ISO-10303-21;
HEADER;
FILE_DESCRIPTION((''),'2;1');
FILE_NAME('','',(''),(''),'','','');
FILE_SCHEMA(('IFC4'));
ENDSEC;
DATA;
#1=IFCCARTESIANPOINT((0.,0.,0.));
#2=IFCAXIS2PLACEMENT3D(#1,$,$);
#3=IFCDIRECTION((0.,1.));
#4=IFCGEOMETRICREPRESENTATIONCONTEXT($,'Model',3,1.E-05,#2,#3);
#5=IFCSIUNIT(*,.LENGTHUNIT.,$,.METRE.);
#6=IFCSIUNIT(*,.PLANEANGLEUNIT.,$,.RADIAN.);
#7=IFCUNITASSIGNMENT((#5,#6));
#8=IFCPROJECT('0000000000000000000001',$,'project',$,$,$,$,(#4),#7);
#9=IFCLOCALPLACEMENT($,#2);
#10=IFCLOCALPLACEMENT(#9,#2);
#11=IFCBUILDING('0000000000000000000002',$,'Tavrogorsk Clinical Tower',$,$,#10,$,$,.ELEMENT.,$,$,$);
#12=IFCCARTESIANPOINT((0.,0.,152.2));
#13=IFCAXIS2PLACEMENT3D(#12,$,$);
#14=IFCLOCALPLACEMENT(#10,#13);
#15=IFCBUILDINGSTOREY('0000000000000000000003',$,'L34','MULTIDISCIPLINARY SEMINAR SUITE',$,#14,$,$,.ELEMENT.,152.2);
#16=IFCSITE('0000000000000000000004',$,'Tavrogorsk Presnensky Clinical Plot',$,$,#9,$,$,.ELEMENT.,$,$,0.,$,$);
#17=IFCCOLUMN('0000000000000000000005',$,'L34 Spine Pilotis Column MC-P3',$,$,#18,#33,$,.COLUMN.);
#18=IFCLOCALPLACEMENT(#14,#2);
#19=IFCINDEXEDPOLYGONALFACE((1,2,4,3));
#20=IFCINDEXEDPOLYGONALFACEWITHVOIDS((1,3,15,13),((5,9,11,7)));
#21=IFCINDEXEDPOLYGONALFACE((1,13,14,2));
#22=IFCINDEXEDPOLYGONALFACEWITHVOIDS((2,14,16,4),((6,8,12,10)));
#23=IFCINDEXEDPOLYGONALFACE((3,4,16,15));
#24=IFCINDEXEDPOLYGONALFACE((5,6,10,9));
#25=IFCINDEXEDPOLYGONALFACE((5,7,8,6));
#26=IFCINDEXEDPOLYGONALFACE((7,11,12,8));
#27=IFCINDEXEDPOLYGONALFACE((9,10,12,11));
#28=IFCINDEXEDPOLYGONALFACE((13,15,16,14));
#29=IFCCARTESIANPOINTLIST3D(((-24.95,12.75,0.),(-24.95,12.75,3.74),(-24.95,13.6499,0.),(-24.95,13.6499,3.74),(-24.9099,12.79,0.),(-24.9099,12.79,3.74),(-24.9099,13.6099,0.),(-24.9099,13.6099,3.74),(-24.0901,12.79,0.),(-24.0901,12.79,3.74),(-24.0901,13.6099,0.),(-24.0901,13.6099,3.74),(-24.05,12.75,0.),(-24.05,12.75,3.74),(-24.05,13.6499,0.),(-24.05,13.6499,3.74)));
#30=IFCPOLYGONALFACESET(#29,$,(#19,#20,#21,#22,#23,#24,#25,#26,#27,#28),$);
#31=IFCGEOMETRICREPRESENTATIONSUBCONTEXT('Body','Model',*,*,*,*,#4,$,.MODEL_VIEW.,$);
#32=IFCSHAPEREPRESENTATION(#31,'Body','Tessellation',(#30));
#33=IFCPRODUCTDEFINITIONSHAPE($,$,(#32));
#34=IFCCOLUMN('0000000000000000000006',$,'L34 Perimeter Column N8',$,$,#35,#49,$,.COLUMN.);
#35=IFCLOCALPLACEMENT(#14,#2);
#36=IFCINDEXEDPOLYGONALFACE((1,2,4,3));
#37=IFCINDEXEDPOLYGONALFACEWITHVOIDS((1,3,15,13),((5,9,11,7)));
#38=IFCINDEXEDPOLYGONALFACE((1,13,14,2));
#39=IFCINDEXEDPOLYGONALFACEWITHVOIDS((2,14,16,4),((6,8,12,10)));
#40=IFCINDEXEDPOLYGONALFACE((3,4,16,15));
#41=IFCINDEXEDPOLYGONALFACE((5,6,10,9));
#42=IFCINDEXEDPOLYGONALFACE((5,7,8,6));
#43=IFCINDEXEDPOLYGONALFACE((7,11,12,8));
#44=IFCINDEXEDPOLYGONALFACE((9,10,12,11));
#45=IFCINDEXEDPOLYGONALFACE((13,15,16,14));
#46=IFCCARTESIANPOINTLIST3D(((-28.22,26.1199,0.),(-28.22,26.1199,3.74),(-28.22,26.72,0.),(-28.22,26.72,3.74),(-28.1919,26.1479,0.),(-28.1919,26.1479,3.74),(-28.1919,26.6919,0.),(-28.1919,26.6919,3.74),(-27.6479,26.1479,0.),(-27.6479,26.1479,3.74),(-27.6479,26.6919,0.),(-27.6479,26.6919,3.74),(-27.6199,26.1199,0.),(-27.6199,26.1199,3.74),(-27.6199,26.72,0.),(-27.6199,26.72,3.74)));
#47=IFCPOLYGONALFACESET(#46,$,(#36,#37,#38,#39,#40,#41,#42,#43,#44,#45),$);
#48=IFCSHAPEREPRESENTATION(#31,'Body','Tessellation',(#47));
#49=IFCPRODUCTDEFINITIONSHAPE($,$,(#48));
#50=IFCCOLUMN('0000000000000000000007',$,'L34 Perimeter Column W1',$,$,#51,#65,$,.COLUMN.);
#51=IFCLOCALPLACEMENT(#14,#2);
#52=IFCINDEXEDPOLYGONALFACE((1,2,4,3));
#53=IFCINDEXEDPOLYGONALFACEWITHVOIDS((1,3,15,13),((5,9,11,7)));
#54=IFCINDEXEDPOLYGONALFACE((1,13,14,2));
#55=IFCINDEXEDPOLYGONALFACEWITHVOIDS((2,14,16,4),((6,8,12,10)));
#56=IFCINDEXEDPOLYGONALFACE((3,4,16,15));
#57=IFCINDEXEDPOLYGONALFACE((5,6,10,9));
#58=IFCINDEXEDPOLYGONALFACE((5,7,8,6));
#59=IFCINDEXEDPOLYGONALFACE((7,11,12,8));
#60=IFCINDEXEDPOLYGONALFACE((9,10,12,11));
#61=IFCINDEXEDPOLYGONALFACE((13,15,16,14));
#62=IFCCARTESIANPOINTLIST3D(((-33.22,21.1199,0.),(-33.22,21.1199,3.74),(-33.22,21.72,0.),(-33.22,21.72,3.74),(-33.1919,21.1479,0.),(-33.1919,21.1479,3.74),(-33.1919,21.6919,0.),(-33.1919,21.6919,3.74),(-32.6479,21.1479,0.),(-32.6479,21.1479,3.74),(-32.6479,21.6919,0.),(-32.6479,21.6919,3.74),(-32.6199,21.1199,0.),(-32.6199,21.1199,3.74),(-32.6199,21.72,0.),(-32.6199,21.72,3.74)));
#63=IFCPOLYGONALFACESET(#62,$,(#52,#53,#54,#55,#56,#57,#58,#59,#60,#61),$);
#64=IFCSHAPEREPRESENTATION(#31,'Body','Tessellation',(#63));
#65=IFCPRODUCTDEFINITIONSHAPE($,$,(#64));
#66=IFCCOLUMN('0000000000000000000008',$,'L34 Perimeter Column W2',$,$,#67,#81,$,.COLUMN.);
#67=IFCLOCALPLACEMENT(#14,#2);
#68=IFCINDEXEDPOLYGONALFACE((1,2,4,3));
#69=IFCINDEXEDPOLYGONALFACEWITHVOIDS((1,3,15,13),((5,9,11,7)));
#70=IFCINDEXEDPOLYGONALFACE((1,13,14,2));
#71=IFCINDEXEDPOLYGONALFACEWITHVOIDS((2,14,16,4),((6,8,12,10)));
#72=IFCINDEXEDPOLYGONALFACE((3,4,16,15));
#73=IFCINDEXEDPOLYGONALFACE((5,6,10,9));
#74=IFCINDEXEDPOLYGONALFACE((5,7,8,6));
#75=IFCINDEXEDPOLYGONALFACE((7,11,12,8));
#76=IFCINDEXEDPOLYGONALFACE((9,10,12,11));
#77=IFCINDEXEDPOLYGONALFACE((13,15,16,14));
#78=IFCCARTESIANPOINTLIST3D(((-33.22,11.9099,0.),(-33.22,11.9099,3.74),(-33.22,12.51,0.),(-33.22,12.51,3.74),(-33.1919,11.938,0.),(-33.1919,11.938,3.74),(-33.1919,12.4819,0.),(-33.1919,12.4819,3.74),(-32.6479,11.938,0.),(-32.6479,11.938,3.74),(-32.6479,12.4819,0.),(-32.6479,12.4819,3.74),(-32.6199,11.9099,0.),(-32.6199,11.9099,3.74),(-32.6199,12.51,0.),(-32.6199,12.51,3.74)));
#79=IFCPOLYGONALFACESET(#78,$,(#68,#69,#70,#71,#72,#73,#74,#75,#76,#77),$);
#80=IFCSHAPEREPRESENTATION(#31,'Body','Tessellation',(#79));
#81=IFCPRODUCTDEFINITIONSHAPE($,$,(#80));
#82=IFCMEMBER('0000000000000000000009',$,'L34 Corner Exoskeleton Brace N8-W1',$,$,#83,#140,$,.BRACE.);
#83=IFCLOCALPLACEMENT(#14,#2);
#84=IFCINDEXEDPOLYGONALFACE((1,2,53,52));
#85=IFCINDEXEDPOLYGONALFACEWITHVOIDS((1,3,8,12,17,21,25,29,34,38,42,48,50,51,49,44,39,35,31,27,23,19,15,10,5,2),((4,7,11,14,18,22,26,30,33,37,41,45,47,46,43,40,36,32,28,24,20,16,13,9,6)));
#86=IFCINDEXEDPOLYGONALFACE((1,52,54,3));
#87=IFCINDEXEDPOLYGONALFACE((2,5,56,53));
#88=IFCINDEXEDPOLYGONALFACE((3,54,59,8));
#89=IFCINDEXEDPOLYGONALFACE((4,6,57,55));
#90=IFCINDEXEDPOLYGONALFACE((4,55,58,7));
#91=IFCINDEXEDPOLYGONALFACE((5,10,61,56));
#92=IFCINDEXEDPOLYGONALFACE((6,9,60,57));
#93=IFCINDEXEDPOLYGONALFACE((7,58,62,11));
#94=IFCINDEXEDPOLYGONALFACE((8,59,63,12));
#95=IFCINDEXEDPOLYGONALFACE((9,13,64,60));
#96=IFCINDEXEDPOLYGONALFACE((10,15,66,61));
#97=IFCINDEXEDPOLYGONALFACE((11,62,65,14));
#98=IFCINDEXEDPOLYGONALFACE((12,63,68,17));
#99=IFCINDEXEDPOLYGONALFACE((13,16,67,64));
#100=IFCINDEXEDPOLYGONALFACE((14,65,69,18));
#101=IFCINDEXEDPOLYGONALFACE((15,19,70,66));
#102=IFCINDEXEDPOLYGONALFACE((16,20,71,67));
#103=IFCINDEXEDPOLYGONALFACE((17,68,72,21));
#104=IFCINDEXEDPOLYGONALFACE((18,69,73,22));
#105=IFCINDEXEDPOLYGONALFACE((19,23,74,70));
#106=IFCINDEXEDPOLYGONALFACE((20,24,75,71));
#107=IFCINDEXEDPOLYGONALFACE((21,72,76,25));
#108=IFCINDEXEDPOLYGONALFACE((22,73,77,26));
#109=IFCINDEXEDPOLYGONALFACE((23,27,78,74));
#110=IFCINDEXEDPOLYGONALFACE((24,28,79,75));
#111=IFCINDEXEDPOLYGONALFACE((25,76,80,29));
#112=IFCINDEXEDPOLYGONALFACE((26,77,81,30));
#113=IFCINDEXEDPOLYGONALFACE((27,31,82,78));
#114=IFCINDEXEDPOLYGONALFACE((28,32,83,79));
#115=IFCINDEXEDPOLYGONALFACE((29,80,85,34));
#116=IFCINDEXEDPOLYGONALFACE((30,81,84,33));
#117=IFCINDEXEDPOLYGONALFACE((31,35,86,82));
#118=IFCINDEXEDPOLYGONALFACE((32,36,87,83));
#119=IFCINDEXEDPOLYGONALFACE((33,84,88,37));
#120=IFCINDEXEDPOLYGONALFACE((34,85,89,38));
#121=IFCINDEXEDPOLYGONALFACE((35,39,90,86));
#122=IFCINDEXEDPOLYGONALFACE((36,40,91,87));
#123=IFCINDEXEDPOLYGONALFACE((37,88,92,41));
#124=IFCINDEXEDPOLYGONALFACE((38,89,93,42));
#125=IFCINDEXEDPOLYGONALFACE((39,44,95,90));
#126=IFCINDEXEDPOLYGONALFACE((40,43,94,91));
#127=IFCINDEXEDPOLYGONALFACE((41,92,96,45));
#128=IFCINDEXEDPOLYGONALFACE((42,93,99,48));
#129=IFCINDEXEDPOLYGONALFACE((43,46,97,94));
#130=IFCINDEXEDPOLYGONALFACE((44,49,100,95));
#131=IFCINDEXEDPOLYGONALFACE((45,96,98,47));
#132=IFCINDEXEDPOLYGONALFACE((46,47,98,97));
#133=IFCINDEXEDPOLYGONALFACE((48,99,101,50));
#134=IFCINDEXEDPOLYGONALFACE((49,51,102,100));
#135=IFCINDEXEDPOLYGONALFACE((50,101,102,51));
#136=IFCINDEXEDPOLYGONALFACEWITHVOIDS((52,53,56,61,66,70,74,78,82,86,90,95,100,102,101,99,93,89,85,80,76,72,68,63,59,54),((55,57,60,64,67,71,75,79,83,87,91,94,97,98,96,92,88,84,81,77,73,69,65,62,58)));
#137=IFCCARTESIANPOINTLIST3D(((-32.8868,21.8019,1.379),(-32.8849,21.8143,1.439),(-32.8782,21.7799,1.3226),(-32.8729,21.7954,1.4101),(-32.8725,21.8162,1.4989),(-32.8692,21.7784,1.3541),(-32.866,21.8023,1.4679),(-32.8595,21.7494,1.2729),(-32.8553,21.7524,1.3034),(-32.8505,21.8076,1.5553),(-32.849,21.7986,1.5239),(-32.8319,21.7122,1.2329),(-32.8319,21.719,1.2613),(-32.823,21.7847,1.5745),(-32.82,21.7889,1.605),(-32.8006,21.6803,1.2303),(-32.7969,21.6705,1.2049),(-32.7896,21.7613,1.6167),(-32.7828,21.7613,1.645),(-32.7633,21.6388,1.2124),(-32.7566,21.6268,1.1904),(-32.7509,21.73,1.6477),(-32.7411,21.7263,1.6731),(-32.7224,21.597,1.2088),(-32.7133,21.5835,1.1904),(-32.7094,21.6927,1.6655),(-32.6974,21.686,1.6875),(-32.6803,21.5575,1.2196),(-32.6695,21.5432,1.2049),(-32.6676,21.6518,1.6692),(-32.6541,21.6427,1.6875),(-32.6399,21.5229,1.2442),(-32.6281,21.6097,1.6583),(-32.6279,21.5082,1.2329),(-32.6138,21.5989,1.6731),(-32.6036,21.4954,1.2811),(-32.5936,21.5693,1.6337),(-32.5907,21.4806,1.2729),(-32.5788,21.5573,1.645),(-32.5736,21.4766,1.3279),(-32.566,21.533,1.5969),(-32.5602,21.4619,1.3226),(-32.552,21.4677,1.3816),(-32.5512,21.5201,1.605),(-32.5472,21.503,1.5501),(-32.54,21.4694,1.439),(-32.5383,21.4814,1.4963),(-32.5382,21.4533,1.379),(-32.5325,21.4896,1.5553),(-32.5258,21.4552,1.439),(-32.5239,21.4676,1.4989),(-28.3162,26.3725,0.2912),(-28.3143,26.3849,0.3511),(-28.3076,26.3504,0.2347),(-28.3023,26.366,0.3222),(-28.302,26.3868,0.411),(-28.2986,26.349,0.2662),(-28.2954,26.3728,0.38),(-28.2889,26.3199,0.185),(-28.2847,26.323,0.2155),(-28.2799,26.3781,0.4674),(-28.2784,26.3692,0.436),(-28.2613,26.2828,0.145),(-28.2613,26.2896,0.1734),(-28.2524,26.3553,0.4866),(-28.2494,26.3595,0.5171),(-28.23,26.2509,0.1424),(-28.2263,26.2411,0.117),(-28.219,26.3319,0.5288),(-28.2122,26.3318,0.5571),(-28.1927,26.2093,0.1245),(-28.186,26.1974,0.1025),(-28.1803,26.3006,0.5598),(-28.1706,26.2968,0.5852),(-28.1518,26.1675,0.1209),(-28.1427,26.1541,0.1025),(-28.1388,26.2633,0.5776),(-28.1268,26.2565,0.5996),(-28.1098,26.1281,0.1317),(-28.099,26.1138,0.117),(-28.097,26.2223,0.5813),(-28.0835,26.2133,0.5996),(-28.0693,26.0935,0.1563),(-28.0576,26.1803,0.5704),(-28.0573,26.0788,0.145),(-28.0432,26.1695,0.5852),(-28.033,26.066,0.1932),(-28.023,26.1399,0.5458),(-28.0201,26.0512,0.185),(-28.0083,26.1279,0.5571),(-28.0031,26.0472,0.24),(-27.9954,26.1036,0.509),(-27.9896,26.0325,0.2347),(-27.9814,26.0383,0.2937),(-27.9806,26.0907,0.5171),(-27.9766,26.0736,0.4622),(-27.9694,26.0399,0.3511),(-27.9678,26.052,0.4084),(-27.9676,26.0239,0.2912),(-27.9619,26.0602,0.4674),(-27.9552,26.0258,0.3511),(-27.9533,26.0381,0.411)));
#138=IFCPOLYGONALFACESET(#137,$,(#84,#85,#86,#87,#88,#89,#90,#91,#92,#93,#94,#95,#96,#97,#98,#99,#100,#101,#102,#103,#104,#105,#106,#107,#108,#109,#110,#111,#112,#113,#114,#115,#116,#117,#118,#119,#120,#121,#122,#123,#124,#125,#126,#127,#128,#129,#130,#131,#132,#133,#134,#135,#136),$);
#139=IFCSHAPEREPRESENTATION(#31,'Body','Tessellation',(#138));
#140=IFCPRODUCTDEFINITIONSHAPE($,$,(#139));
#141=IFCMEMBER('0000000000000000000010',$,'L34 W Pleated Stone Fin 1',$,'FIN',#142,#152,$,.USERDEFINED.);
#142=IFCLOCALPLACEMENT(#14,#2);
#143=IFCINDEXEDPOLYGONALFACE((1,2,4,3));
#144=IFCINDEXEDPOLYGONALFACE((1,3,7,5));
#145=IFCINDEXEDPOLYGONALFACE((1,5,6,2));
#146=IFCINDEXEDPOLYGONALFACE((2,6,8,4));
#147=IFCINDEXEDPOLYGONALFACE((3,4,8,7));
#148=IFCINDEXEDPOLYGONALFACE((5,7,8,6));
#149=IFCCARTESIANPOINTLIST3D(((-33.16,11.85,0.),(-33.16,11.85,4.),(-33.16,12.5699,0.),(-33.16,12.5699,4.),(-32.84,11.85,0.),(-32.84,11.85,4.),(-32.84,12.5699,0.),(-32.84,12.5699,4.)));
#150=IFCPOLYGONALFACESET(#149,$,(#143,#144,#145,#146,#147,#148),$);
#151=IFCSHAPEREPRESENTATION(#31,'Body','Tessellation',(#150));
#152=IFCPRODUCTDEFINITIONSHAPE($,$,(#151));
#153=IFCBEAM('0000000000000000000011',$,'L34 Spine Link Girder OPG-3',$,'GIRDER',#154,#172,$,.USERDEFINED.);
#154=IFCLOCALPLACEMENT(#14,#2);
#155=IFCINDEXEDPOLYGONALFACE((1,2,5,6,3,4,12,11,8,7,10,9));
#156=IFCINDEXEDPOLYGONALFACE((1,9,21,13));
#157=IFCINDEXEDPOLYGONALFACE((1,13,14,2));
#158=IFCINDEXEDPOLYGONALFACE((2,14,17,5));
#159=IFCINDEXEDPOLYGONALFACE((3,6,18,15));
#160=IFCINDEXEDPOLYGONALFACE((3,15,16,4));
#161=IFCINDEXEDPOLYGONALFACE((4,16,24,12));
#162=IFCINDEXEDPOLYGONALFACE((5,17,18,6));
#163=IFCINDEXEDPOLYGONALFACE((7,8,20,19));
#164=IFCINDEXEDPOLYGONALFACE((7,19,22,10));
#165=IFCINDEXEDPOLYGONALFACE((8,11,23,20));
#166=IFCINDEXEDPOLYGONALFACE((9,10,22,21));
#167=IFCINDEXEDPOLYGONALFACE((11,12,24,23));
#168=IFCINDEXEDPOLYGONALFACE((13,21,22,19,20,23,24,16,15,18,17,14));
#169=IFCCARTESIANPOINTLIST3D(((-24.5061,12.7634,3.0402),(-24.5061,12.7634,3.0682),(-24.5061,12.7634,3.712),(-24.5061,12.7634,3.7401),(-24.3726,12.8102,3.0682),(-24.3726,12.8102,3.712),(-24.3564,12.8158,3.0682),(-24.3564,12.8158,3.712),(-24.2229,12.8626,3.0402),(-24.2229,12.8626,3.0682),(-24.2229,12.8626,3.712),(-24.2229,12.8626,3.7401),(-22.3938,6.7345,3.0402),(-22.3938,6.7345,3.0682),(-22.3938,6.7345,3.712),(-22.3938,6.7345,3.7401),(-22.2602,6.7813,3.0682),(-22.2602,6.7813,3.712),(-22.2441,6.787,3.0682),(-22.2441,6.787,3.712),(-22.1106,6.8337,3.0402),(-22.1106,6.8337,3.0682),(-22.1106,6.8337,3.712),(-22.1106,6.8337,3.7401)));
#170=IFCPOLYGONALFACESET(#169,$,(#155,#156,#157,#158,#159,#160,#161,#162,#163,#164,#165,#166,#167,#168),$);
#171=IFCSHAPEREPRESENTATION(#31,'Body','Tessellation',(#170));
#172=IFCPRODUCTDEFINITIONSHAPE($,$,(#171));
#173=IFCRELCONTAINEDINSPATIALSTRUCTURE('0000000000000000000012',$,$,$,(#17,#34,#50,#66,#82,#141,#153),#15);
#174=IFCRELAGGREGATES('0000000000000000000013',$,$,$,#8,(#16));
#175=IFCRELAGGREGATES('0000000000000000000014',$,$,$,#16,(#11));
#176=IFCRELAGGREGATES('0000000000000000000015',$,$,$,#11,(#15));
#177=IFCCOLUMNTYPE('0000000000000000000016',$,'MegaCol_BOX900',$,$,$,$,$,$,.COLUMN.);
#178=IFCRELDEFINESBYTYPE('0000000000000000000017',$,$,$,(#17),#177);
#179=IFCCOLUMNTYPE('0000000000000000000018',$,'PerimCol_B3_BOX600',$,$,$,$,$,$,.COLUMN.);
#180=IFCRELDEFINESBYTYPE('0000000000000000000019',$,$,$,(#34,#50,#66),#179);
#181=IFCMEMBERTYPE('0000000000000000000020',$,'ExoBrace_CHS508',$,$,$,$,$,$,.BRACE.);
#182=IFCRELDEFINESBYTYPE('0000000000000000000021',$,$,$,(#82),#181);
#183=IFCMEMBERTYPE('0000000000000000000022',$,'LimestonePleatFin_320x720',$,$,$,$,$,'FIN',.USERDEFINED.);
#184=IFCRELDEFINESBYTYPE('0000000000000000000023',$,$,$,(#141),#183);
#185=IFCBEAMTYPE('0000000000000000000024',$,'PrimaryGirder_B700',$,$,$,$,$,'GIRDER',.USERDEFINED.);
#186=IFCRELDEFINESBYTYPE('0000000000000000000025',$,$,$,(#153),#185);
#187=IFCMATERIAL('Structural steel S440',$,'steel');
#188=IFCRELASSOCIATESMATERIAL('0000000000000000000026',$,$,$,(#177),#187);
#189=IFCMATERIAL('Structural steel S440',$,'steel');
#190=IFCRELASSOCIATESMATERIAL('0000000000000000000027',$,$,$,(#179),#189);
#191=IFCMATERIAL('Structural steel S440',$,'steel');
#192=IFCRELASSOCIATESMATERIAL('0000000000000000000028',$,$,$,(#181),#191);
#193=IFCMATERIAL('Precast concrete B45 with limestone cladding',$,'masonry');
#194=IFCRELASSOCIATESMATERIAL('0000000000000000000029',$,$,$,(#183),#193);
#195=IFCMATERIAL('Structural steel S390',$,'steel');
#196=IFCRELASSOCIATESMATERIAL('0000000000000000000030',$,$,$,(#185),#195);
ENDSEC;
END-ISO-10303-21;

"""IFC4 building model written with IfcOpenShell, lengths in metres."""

from ifc_helpers import new_model, si_unit, direction, frame, origin, origin_2d, place, context, subcontext, project, spatial, rectangle, hollow_rectangle, hollow_circle, i_section, extrude, material, material_profile, profile_set, type_object, element, save


model = new_model("IFC4")

# Units and contexts
model_context = context("Model", 3, precision=1e-05, world=origin(), true_north=direction((0.0, 1.0)))
body_context = subcontext(model_context, "Body", "Model", "MODEL_VIEW")
ifc_project = project(units=[si_unit("LENGTHUNIT", "METRE"), si_unit("PLANEANGLEUNIT", "RADIAN")], contexts=[model_context])

# Site, building, storey
site_placement = place(None, origin())
site = spatial("IfcSite", under=ifc_project, at=site_placement, Name="Tavrogorsk Presnensky Clinical Plot", CompositionType="ELEMENT", RefElevation=0.0)
building_placement = place(site_placement, origin())
building = spatial("IfcBuilding", under=site, at=building_placement, Name="Tavrogorsk Clinical Tower", CompositionType="ELEMENT")
storey_placement = place(building_placement, frame((0.0, 0.0, 152.2)))
storey = spatial("IfcBuildingStorey", under=building, at=storey_placement, Name="L34", Description="MULTIDISCIPLINARY SEMINAR SUITE", CompositionType="ELEMENT", Elevation=152.2)

# Columns
ifc_material_1 = material(Name="Structural steel S440", Category="steel")
ifc_material_profile_1 = material_profile(ifc_material_1, hollow_rectangle(XDim=0.8999, YDim=0.8999, WallThickness=0.04, at=origin_2d()), Name="BOX-900x900x40")
ifc_profile_set_1 = profile_set([ifc_material_profile_1], Name="Structural steel S440")
column_type_1 = type_object("IfcColumnType", Name="MegaCol_BOX900", PredefinedType="COLUMN", material=ifc_profile_set_1)
column_placement = place(storey_placement, frame((-24.5, 13.2, 0.0), z_axis=(0.0, 0.0, 1.0), x_axis=(1.0, 0.0, 0.0)))
element("IfcColumn", 1, at=column_placement, inside=storey, type_object=column_type_1, Name="L34 Spine Pilotis Column MC-P3", PredefinedType="COLUMN", context=body_context, shape_type="SweptSolid", body=[
    extrude(hollow_rectangle(XDim=0.8999, YDim=0.8999, WallThickness=0.04, at=origin_2d()), origin(), (0.0, 0.0, 1.0), 3.74),
])
ifc_material_2 = material(Name="Structural steel S440", Category="steel")
ifc_material_profile_2 = material_profile(ifc_material_2, hollow_rectangle(XDim=0.6001, YDim=0.6001, WallThickness=0.0281, at=origin_2d()), Name="BOX-600x600x28")
ifc_profile_set_2 = profile_set([ifc_material_profile_2], Name="Structural steel S440")
column_type_2 = type_object("IfcColumnType", Name="PerimCol_B3_BOX600", PredefinedType="COLUMN", material=ifc_profile_set_2)
for number, where, z_axis, x_axis, name in (
    (2, (-27.9199, 26.4199, 0.0), (0.0, 0.0, 1.0), (1.0, 0.0, 0.0), "L34 Perimeter Column N8"),
    (3, (-32.9199, 21.4199, 0.0), (0.0, 0.0, 1.0), (1.0, 0.0, 0.0), "L34 Perimeter Column W1"),
    (4, (-32.9199, 12.21, 0.0), (0.0, 0.0, 1.0), (1.0, 0.0, 0.0), "L34 Perimeter Column W2"),
):
    element("IfcColumn", number, at=place(storey_placement, frame(where, z_axis=z_axis, x_axis=x_axis)), inside=storey, type_object=column_type_2, Name=name, PredefinedType="COLUMN", context=body_context, shape_type="SweptSolid", body=[
        extrude(hollow_rectangle(XDim=0.6001, YDim=0.6001, WallThickness=0.0281, at=origin_2d()), origin(), (0.0, 0.0, 1.0), 3.74),
    ])

# Members
ifc_material_3 = material(Name="Structural steel S440", Category="steel")
ifc_material_profile_3 = material_profile(ifc_material_3, hollow_circle(Radius=0.2539, WallThickness=0.02, at=origin_2d()), Name="CHS-508x20")
ifc_profile_set_3 = profile_set([ifc_material_profile_3], Name="Structural steel S440")
member_type_1 = type_object("IfcMemberType", Name="ExoBrace_CHS508", PredefinedType="BRACE", material=ifc_profile_set_3)
member_1_placement = place(storey_placement, frame((-28.1348, 26.2053, 0.3511), z_axis=(-0.6973, -0.6973, 0.165972), x_axis=(0.707107, -0.707107, 0.0)))
element("IfcMember", 5, at=member_1_placement, inside=storey, type_object=member_type_1, Name="L34 Corner Exoskeleton Brace N8-W1", PredefinedType="BRACE", context=body_context, shape_type="SweptSolid", body=[
    extrude(hollow_circle(Radius=0.2539, WallThickness=0.02, at=origin_2d()), origin(), (0.0, 0.0, 1.0), 6.5547),
])
ifc_material_4 = material(Name="Precast concrete B45 with limestone cladding", Category="masonry")
ifc_material_profile_4 = material_profile(ifc_material_4, rectangle(XDim=0.3201, YDim=0.72, at=origin_2d()), Name="LIMESTONE-FIN-320x720")
ifc_profile_set_4 = profile_set([ifc_material_profile_4], Name="Precast concrete B45 with limestone cladding")
member_type_2 = type_object("IfcMemberType", Name="LimestonePleatFin_320x720", ElementType="FIN", PredefinedType="USERDEFINED", material=ifc_profile_set_4)
member_2_placement = place(storey_placement, frame((-33.0, 12.21, 0.0), z_axis=(0.0, 0.0, 1.0), x_axis=(1.0, 0.0, 0.0)))
element("IfcMember", 6, at=member_2_placement, inside=storey, type_object=member_type_2, Name="L34 W Pleated Stone Fin 1", ObjectType="FIN", PredefinedType="USERDEFINED", context=body_context, shape_type="SweptSolid", body=[
    extrude(rectangle(XDim=0.3201, YDim=0.72, at=origin_2d()), origin(), (0.0, 0.0, 1.0), 4.0),
])

# Beam
ifc_material_5 = material(Name="Structural steel S390", Category="steel")
ifc_material_profile_5 = material_profile(ifc_material_5, i_section(OverallWidth=0.3, OverallDepth=0.7, WebThickness=0.0171, FlangeThickness=0.0281, at=origin_2d()), Name="B-700x300x17x28")
ifc_profile_set_5 = profile_set([ifc_material_profile_5], Name="Structural steel S390")
beam_type_1 = type_object("IfcBeamType", Name="PrimaryGirder_B700", ElementType="GIRDER", PredefinedType="USERDEFINED", material=ifc_profile_set_5)
beam_1_placement = place(storey_placement, frame((-24.3645, 12.813, 3.3901), z_axis=(0.33066, -0.94375, 0.0), x_axis=(0.94375, 0.33066, 0.0)))
element("IfcBeam", 7, at=beam_1_placement, inside=storey, type_object=beam_type_1, Name="L34 Spine Link Girder OPG-3", ObjectType="GIRDER", PredefinedType="USERDEFINED", context=body_context, shape_type="SweptSolid", body=[
    extrude(i_section(OverallWidth=0.3, OverallDepth=0.7, WebThickness=0.0171, FlangeThickness=0.0281, at=origin_2d()), origin(), (0.0, 0.0, 1.0), 6.3882),
])

save(model, "model.ifc")
